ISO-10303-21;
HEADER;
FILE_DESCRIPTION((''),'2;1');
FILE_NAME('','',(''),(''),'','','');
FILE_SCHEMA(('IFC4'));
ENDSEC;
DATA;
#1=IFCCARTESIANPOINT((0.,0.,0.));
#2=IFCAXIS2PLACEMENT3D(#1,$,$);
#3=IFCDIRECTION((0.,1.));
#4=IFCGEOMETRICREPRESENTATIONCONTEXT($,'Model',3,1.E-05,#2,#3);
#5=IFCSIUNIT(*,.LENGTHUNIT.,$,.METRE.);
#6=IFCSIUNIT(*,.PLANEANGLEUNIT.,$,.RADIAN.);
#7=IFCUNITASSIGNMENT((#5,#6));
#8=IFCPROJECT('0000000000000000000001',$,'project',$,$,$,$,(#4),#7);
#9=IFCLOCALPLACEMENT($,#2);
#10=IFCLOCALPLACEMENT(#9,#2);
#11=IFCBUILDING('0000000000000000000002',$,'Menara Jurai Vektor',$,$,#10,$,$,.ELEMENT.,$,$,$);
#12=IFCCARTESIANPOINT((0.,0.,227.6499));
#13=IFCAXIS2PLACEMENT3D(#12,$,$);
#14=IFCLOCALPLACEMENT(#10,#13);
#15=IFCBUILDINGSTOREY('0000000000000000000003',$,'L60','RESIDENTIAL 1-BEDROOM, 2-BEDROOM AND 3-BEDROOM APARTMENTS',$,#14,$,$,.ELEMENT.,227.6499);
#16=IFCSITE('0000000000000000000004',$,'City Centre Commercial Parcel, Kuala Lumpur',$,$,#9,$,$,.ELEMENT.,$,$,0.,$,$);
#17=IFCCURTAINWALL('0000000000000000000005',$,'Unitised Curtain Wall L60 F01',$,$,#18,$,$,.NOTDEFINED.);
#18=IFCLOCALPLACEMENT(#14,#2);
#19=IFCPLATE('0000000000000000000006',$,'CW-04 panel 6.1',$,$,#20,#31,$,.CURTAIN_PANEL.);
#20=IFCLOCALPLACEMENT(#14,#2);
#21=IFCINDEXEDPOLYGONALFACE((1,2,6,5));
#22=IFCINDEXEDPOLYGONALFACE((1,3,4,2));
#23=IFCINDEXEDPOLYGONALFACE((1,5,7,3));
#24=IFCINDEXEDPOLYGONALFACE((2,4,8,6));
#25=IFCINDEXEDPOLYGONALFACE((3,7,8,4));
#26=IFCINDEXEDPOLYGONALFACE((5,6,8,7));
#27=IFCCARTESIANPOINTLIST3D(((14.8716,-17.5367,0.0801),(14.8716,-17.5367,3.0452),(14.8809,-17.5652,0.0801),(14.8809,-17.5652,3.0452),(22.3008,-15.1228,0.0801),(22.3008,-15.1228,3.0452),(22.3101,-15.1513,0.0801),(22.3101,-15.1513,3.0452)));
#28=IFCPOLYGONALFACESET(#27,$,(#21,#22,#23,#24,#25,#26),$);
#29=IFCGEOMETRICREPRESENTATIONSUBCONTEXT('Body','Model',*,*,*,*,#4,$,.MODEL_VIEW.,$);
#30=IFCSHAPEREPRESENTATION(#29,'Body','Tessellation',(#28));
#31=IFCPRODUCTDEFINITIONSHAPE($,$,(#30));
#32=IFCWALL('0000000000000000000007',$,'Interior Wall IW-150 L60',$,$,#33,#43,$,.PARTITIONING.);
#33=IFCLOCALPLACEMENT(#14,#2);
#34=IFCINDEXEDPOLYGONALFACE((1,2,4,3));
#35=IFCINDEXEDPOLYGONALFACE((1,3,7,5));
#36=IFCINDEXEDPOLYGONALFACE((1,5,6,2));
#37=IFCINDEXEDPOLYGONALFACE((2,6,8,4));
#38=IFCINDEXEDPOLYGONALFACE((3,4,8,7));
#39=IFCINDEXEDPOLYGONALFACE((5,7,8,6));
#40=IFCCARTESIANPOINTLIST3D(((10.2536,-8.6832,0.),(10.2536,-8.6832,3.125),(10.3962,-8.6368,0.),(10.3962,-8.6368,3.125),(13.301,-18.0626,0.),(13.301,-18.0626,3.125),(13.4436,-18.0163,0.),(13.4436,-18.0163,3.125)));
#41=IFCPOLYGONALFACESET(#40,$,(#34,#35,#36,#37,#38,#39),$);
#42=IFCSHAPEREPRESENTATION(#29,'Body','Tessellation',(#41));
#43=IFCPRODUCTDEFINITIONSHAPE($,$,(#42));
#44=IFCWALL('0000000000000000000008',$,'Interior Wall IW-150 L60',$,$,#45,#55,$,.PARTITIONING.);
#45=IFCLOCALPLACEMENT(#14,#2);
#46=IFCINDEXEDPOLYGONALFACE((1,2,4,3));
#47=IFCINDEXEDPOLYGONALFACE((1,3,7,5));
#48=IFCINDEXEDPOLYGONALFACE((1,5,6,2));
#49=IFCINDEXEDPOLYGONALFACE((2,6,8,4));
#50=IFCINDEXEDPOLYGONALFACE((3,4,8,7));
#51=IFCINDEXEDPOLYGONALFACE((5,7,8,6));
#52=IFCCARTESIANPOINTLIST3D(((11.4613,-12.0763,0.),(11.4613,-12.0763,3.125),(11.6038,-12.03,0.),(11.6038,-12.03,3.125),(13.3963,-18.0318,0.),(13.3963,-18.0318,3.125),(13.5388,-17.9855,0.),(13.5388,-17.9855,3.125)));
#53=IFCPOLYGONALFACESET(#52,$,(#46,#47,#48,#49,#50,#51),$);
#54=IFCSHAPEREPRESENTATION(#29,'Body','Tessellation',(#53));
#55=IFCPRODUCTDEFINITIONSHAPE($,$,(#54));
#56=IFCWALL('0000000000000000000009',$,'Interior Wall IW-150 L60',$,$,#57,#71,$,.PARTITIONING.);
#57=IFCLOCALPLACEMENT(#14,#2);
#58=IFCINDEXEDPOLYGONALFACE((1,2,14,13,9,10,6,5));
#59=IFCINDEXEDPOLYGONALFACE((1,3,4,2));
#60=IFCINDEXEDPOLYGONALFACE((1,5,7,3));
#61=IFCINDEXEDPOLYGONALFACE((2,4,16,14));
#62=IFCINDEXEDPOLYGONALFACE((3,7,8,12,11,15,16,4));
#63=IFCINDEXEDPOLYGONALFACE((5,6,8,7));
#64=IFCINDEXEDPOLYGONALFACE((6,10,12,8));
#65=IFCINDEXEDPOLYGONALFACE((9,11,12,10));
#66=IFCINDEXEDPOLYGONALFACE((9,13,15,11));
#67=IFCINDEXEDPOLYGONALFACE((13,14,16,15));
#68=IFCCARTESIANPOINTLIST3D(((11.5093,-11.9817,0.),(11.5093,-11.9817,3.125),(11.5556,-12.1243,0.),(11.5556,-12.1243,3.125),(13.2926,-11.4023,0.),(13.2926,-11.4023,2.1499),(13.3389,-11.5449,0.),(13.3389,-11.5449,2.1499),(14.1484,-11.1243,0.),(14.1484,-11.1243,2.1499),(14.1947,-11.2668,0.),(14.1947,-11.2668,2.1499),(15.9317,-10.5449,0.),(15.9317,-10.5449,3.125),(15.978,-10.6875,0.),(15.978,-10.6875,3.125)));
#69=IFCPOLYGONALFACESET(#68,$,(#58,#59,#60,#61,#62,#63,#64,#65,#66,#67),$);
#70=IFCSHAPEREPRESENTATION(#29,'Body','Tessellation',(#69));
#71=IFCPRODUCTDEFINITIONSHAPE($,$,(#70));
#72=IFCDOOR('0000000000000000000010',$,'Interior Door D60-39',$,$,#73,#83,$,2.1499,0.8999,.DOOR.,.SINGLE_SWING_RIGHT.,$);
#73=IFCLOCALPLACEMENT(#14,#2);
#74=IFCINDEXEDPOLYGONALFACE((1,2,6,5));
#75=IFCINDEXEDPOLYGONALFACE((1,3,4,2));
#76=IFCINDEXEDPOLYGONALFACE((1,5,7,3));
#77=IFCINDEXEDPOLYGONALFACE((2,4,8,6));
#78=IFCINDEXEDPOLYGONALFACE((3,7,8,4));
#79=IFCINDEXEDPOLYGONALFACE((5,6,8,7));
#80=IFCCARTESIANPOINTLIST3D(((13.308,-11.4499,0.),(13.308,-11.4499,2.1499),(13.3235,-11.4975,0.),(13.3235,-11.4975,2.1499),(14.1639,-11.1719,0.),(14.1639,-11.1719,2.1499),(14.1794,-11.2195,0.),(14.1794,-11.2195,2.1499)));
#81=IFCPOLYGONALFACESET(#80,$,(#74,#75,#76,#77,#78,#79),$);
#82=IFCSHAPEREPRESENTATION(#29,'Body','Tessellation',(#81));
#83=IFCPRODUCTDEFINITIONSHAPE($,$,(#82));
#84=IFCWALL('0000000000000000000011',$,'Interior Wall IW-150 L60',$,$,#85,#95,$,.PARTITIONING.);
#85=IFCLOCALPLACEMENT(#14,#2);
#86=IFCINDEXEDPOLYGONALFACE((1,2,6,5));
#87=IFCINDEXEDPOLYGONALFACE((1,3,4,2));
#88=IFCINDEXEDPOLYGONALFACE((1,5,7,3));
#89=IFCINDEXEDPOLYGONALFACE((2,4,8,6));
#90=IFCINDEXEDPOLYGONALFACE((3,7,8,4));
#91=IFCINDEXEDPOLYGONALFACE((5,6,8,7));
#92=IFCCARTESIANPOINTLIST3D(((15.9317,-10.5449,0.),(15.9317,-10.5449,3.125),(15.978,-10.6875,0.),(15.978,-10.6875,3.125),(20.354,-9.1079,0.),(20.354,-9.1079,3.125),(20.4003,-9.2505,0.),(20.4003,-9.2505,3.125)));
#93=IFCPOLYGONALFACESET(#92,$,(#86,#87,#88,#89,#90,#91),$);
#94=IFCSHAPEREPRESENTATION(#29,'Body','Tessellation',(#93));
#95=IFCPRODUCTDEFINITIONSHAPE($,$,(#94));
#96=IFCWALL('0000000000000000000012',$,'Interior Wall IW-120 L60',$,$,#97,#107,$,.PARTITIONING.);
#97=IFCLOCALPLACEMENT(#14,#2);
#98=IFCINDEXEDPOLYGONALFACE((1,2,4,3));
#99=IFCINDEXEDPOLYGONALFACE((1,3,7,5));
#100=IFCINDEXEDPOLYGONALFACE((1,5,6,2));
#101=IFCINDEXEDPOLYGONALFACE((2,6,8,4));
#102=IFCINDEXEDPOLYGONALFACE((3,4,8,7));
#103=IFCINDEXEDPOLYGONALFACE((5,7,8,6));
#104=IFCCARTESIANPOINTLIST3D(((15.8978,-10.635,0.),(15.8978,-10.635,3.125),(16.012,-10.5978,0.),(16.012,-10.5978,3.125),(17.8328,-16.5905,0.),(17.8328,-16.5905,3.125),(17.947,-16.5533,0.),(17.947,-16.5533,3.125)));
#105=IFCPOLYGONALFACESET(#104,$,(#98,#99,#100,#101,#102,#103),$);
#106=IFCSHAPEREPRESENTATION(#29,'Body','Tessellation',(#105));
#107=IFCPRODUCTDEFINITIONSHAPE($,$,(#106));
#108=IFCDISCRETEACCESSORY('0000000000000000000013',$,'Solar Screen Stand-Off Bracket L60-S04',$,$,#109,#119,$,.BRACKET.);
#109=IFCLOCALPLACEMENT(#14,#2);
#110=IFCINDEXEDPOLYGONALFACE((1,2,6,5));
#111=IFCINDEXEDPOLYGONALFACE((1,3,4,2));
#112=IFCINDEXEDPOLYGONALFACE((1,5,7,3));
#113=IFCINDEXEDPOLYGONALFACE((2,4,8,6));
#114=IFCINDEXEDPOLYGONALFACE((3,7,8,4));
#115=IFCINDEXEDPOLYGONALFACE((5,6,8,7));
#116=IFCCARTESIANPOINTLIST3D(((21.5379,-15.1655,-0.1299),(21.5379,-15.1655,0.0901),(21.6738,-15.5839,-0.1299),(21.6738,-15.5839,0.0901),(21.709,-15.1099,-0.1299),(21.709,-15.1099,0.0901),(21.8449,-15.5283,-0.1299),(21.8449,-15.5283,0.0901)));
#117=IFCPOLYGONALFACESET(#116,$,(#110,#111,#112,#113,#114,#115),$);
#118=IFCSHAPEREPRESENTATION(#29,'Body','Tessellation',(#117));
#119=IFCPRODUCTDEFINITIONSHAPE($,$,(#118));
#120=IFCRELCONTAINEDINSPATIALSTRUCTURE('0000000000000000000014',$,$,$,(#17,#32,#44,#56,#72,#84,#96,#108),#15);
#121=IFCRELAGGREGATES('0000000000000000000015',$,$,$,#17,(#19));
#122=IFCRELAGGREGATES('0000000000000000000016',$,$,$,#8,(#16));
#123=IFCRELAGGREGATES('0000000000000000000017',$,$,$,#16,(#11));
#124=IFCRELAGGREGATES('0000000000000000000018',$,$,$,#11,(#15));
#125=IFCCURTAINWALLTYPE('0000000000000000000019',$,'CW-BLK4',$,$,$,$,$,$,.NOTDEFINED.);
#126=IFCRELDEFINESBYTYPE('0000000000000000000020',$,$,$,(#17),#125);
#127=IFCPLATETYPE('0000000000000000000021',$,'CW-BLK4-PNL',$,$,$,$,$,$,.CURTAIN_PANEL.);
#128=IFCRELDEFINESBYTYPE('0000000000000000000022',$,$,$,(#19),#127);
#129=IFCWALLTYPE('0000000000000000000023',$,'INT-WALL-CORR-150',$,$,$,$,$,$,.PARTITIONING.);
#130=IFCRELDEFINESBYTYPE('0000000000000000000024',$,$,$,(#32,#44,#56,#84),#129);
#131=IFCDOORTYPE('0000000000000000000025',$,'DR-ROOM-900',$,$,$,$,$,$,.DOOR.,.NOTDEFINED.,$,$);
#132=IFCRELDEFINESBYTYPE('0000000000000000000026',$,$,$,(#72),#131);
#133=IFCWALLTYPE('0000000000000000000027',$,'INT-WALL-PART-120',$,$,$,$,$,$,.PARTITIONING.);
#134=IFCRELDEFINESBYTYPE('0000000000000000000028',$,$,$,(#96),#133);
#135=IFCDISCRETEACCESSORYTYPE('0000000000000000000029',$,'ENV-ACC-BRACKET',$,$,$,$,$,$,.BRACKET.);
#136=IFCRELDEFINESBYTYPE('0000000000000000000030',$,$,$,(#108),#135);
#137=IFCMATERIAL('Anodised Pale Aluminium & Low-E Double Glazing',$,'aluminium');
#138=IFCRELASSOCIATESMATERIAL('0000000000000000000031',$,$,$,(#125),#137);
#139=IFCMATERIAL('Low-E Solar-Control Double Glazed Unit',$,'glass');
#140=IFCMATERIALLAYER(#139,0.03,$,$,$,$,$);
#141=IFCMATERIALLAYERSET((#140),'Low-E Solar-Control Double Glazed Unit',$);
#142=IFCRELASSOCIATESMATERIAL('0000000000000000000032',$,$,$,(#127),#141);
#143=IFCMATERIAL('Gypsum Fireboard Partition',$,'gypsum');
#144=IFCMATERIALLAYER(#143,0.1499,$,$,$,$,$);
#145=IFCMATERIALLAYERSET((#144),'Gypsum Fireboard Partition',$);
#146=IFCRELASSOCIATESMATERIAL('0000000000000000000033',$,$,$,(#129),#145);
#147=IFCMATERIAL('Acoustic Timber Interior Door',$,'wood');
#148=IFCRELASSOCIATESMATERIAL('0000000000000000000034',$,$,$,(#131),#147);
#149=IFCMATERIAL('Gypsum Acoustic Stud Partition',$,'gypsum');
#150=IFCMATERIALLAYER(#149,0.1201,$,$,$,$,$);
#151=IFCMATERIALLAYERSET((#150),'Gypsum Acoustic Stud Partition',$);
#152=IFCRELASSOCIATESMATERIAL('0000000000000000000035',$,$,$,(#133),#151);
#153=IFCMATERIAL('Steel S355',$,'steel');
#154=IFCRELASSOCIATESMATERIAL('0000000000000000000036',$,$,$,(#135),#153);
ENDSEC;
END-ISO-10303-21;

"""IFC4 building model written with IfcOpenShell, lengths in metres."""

from ifc_helpers import new_model, si_unit, direction, frame, frame_2d, origin, origin_2d, place, context, subcontext, project, spatial, rectangle, extrude, material, layer, layer_set, type_object, element, fill, aggregate, save


model = new_model("IFC4")

# Units and contexts
model_context = context("Model", 3, precision=1e-05, world=origin(), true_north=direction((0.0, 1.0)))
body_context = subcontext(model_context, "Body", "Model", "MODEL_VIEW")
ifc_project = project(units=[si_unit("LENGTHUNIT", "METRE"), si_unit("PLANEANGLEUNIT", "RADIAN")], contexts=[model_context])

# Site, building, storey
site_placement = place(None, origin())
site = spatial("IfcSite", under=ifc_project, at=site_placement, Name="City Centre Commercial Parcel, Kuala Lumpur", CompositionType="ELEMENT", RefElevation=0.0)
building_placement = place(site_placement, origin())
building = spatial("IfcBuilding", under=site, at=building_placement, Name="Menara Jurai Vektor", CompositionType="ELEMENT")
storey_placement = place(building_placement, frame((0.0, 0.0, 227.6499)))
storey = spatial("IfcBuildingStorey", under=building, at=storey_placement, Name="L60", Description="RESIDENTIAL 1-BEDROOM, 2-BEDROOM AND 3-BEDROOM APARTMENTS", CompositionType="ELEMENT", Elevation=227.6499)

# Curtain wall
ifc_material_1 = material(Name="Anodised Pale Aluminium & Low-E Double Glazing", Category="aluminium")
curtain_wall_type = type_object("IfcCurtainWallType", Name="CW-BLK4", PredefinedType="NOTDEFINED", material=ifc_material_1)
curtain_wall_placement = place(storey_placement, origin())
curtain_wall = element("IfcCurtainWall", 1, at=curtain_wall_placement, inside=storey, type_object=curtain_wall_type, Name="Unitised Curtain Wall L60 F01", PredefinedType="NOTDEFINED")

# Shared definitions
ifc_material_2 = material(Name="Steel S355", Category="steel")

# Plate
ifc_material_3 = material(Name="Low-E Solar-Control Double Glazed Unit", Category="glass")
ifc_layer_1 = layer(ifc_material_3, 0.03)
ifc_layer_set_1 = layer_set([ifc_layer_1], Name="Low-E Solar-Control Double Glazed Unit")
plate_type = type_object("IfcPlateType", Name="CW-BLK4-PNL", PredefinedType="CURTAIN_PANEL", material=ifc_layer_set_1)
plate_placement = place(storey_placement, frame((18.5908, -16.344, 0.0801), z_axis=(0.0, 0.0, 1.0), x_axis=(0.951056, 0.309017, 0.0)))
plate = element("IfcPlate", 2, at=plate_placement, type_object=plate_type, Name="CW-04 panel 6.1", PredefinedType="CURTAIN_PANEL", context=body_context, shape_type="SweptSolid", body=[
    extrude(rectangle(XDim=7.8115, YDim=0.03, at=origin_2d()), origin(), (0.0, 0.0, 1.0), 2.9651),
])
aggregate(curtain_wall, [plate])

# Walls
ifc_material_4 = material(Name="Gypsum Fireboard Partition", Category="gypsum")
ifc_layer_2 = layer(ifc_material_4, 0.1499)
ifc_layer_set_2 = layer_set([ifc_layer_2], Name="Gypsum Fireboard Partition")
wall_type_1 = type_object("IfcWallType", Name="INT-WALL-CORR-150", PredefinedType="PARTITIONING", material=ifc_layer_set_2)
wall_1_placement = place(storey_placement, frame((13.3723, -18.0396, 0.0), z_axis=(0.0, 0.0, 1.0), x_axis=(-0.309, 0.951062, 0.0)))
element("IfcWall", 3, at=wall_1_placement, inside=storey, type_object=wall_type_1, Name="Interior Wall IW-150 L60", PredefinedType="PARTITIONING", context=body_context, shape_type="SweptSolid", body=[
    extrude(rectangle(XDim=9.8621, YDim=0.1499, at=frame_2d((4.9312, 0.0))), origin(), (0.0, 0.0, 1.0), 3.125),
])
wall_2_placement = place(storey_placement, frame((13.4675, -18.0085, 0.0), z_axis=(0.0, 0.0, 1.0), x_axis=(-0.309014, 0.951058, 0.0)))
element("IfcWall", 4, at=wall_2_placement, inside=storey, type_object=wall_type_1, Name="Interior Wall IW-150 L60", PredefinedType="PARTITIONING", context=body_context, shape_type="SweptSolid", body=[
    extrude(rectangle(XDim=6.262, YDim=0.1499, at=frame_2d((3.1309, 0.0))), origin(), (0.0, 0.0, 1.0), 3.125),
])

# Wall, opening, door
wall_3_placement = place(storey_placement, frame((11.5325, -12.053, 0.0), z_axis=(0.0, 0.0, 1.0), x_axis=(0.951066, 0.308989, 0.0)))
wall_3 = element("IfcWall", 5, at=wall_3_placement, inside=storey, type_object=wall_type_1, Name="Interior Wall IW-150 L60", PredefinedType="PARTITIONING", context=body_context, shape_type="SweptSolid", body=[
    extrude(rectangle(XDim=4.6499, YDim=0.1499, at=frame_2d((2.325, 0.0))), origin(), (0.0, 0.0, 1.0), 3.125),
])
opening_placement = place(wall_3_placement, frame((1.875, 0.0, 0.0)))
opening = element("IfcOpeningElement", 6, at=opening_placement, cuts=wall_3, PredefinedType="OPENING", context=body_context, shape_type="SweptSolid", body=[
    extrude(rectangle(XDim=0.8999, YDim=2.1499, at=frame_2d((0.45, 1.075))), frame((0.0, 0.085, 0.0), z_axis=(0.0, -1.0, 0.0), x_axis=(1.0, 0.0, 0.0)), (0.0, 0.0, 1.0), 0.1699),
])
ifc_material_5 = material(Name="Acoustic Timber Interior Door", Category="wood")
door_type = type_object("IfcDoorType", Name="DR-ROOM-900", OperationType="NOTDEFINED", PredefinedType="DOOR", material=ifc_material_5)
door_placement = place(opening_placement, origin())
door = element("IfcDoor", 7, at=door_placement, inside=storey, type_object=door_type, Name="Interior Door D60-39", OperationType="SINGLE_SWING_RIGHT", OverallHeight=2.1499, OverallWidth=0.8999, PredefinedType="DOOR", context=body_context, shape_type="SweptSolid", body=[
    extrude(rectangle(XDim=0.8999, YDim=2.1499, at=frame_2d((0.45, 1.075))), frame((0.0, 0.0249, 0.0), z_axis=(0.0, -1.0, 0.0), x_axis=(1.0, 0.0, 0.0)), (0.0, 0.0, 1.0), 0.05),
])
fill(opening, door)

# Walls
wall_4_placement = place(storey_placement, frame((15.9548, -10.6162, 0.0), z_axis=(0.0, 0.0, 1.0), x_axis=(0.95105, 0.309036, 0.0)))
element("IfcWall", 8, at=wall_4_placement, inside=storey, type_object=wall_type_1, Name="Interior Wall IW-150 L60", PredefinedType="PARTITIONING", context=body_context, shape_type="SweptSolid", body=[
    extrude(rectangle(XDim=4.6499, YDim=0.1499, at=frame_2d((2.325, 0.0))), origin(), (0.0, 0.0, 1.0), 3.125),
])
ifc_material_6 = material(Name="Gypsum Acoustic Stud Partition", Category="gypsum")
ifc_layer_3 = layer(ifc_material_6, 0.1201)
ifc_layer_set_3 = layer_set([ifc_layer_3], Name="Gypsum Acoustic Stud Partition")
wall_type_2 = type_object("IfcWallType", Name="INT-WALL-PART-120", PredefinedType="PARTITIONING", material=ifc_layer_set_3)
wall_5_placement = place(storey_placement, frame((17.8899, -16.5718, 0.0), z_axis=(0.0, 0.0, 1.0), x_axis=(-0.309014, 0.951058, 0.0)))
element("IfcWall", 9, at=wall_5_placement, inside=storey, type_object=wall_type_2, Name="Interior Wall IW-120 L60", PredefinedType="PARTITIONING", context=body_context, shape_type="SweptSolid", body=[
    extrude(rectangle(XDim=6.262, YDim=0.1201, at=frame_2d((3.1309, 0.0))), origin(), (0.0, 0.0, 1.0), 3.125),
])

# Discrete accessory
discrete_accessory_type = type_object("IfcDiscreteAccessoryType", Name="ENV-ACC-BRACKET", PredefinedType="BRACKET", material=ifc_material_2)
discrete_accessory_placement = place(storey_placement, frame((21.6914, -15.3469, -0.1299), z_axis=(0.0, 0.0, 1.0), x_axis=(0.951057, 0.309017, 0.0)))
element("IfcDiscreteAccessory", 10, at=discrete_accessory_placement, inside=storey, type_object=discrete_accessory_type, Name="Solar Screen Stand-Off Bracket L60-S04", PredefinedType="BRACKET", context=body_context, shape_type="SweptSolid", body=[
    extrude(rectangle(XDim=0.1799, YDim=0.4399, at=origin_2d()), origin(), (0.0, 0.0, 1.0), 0.22),
])

save(model, "model.ifc")
